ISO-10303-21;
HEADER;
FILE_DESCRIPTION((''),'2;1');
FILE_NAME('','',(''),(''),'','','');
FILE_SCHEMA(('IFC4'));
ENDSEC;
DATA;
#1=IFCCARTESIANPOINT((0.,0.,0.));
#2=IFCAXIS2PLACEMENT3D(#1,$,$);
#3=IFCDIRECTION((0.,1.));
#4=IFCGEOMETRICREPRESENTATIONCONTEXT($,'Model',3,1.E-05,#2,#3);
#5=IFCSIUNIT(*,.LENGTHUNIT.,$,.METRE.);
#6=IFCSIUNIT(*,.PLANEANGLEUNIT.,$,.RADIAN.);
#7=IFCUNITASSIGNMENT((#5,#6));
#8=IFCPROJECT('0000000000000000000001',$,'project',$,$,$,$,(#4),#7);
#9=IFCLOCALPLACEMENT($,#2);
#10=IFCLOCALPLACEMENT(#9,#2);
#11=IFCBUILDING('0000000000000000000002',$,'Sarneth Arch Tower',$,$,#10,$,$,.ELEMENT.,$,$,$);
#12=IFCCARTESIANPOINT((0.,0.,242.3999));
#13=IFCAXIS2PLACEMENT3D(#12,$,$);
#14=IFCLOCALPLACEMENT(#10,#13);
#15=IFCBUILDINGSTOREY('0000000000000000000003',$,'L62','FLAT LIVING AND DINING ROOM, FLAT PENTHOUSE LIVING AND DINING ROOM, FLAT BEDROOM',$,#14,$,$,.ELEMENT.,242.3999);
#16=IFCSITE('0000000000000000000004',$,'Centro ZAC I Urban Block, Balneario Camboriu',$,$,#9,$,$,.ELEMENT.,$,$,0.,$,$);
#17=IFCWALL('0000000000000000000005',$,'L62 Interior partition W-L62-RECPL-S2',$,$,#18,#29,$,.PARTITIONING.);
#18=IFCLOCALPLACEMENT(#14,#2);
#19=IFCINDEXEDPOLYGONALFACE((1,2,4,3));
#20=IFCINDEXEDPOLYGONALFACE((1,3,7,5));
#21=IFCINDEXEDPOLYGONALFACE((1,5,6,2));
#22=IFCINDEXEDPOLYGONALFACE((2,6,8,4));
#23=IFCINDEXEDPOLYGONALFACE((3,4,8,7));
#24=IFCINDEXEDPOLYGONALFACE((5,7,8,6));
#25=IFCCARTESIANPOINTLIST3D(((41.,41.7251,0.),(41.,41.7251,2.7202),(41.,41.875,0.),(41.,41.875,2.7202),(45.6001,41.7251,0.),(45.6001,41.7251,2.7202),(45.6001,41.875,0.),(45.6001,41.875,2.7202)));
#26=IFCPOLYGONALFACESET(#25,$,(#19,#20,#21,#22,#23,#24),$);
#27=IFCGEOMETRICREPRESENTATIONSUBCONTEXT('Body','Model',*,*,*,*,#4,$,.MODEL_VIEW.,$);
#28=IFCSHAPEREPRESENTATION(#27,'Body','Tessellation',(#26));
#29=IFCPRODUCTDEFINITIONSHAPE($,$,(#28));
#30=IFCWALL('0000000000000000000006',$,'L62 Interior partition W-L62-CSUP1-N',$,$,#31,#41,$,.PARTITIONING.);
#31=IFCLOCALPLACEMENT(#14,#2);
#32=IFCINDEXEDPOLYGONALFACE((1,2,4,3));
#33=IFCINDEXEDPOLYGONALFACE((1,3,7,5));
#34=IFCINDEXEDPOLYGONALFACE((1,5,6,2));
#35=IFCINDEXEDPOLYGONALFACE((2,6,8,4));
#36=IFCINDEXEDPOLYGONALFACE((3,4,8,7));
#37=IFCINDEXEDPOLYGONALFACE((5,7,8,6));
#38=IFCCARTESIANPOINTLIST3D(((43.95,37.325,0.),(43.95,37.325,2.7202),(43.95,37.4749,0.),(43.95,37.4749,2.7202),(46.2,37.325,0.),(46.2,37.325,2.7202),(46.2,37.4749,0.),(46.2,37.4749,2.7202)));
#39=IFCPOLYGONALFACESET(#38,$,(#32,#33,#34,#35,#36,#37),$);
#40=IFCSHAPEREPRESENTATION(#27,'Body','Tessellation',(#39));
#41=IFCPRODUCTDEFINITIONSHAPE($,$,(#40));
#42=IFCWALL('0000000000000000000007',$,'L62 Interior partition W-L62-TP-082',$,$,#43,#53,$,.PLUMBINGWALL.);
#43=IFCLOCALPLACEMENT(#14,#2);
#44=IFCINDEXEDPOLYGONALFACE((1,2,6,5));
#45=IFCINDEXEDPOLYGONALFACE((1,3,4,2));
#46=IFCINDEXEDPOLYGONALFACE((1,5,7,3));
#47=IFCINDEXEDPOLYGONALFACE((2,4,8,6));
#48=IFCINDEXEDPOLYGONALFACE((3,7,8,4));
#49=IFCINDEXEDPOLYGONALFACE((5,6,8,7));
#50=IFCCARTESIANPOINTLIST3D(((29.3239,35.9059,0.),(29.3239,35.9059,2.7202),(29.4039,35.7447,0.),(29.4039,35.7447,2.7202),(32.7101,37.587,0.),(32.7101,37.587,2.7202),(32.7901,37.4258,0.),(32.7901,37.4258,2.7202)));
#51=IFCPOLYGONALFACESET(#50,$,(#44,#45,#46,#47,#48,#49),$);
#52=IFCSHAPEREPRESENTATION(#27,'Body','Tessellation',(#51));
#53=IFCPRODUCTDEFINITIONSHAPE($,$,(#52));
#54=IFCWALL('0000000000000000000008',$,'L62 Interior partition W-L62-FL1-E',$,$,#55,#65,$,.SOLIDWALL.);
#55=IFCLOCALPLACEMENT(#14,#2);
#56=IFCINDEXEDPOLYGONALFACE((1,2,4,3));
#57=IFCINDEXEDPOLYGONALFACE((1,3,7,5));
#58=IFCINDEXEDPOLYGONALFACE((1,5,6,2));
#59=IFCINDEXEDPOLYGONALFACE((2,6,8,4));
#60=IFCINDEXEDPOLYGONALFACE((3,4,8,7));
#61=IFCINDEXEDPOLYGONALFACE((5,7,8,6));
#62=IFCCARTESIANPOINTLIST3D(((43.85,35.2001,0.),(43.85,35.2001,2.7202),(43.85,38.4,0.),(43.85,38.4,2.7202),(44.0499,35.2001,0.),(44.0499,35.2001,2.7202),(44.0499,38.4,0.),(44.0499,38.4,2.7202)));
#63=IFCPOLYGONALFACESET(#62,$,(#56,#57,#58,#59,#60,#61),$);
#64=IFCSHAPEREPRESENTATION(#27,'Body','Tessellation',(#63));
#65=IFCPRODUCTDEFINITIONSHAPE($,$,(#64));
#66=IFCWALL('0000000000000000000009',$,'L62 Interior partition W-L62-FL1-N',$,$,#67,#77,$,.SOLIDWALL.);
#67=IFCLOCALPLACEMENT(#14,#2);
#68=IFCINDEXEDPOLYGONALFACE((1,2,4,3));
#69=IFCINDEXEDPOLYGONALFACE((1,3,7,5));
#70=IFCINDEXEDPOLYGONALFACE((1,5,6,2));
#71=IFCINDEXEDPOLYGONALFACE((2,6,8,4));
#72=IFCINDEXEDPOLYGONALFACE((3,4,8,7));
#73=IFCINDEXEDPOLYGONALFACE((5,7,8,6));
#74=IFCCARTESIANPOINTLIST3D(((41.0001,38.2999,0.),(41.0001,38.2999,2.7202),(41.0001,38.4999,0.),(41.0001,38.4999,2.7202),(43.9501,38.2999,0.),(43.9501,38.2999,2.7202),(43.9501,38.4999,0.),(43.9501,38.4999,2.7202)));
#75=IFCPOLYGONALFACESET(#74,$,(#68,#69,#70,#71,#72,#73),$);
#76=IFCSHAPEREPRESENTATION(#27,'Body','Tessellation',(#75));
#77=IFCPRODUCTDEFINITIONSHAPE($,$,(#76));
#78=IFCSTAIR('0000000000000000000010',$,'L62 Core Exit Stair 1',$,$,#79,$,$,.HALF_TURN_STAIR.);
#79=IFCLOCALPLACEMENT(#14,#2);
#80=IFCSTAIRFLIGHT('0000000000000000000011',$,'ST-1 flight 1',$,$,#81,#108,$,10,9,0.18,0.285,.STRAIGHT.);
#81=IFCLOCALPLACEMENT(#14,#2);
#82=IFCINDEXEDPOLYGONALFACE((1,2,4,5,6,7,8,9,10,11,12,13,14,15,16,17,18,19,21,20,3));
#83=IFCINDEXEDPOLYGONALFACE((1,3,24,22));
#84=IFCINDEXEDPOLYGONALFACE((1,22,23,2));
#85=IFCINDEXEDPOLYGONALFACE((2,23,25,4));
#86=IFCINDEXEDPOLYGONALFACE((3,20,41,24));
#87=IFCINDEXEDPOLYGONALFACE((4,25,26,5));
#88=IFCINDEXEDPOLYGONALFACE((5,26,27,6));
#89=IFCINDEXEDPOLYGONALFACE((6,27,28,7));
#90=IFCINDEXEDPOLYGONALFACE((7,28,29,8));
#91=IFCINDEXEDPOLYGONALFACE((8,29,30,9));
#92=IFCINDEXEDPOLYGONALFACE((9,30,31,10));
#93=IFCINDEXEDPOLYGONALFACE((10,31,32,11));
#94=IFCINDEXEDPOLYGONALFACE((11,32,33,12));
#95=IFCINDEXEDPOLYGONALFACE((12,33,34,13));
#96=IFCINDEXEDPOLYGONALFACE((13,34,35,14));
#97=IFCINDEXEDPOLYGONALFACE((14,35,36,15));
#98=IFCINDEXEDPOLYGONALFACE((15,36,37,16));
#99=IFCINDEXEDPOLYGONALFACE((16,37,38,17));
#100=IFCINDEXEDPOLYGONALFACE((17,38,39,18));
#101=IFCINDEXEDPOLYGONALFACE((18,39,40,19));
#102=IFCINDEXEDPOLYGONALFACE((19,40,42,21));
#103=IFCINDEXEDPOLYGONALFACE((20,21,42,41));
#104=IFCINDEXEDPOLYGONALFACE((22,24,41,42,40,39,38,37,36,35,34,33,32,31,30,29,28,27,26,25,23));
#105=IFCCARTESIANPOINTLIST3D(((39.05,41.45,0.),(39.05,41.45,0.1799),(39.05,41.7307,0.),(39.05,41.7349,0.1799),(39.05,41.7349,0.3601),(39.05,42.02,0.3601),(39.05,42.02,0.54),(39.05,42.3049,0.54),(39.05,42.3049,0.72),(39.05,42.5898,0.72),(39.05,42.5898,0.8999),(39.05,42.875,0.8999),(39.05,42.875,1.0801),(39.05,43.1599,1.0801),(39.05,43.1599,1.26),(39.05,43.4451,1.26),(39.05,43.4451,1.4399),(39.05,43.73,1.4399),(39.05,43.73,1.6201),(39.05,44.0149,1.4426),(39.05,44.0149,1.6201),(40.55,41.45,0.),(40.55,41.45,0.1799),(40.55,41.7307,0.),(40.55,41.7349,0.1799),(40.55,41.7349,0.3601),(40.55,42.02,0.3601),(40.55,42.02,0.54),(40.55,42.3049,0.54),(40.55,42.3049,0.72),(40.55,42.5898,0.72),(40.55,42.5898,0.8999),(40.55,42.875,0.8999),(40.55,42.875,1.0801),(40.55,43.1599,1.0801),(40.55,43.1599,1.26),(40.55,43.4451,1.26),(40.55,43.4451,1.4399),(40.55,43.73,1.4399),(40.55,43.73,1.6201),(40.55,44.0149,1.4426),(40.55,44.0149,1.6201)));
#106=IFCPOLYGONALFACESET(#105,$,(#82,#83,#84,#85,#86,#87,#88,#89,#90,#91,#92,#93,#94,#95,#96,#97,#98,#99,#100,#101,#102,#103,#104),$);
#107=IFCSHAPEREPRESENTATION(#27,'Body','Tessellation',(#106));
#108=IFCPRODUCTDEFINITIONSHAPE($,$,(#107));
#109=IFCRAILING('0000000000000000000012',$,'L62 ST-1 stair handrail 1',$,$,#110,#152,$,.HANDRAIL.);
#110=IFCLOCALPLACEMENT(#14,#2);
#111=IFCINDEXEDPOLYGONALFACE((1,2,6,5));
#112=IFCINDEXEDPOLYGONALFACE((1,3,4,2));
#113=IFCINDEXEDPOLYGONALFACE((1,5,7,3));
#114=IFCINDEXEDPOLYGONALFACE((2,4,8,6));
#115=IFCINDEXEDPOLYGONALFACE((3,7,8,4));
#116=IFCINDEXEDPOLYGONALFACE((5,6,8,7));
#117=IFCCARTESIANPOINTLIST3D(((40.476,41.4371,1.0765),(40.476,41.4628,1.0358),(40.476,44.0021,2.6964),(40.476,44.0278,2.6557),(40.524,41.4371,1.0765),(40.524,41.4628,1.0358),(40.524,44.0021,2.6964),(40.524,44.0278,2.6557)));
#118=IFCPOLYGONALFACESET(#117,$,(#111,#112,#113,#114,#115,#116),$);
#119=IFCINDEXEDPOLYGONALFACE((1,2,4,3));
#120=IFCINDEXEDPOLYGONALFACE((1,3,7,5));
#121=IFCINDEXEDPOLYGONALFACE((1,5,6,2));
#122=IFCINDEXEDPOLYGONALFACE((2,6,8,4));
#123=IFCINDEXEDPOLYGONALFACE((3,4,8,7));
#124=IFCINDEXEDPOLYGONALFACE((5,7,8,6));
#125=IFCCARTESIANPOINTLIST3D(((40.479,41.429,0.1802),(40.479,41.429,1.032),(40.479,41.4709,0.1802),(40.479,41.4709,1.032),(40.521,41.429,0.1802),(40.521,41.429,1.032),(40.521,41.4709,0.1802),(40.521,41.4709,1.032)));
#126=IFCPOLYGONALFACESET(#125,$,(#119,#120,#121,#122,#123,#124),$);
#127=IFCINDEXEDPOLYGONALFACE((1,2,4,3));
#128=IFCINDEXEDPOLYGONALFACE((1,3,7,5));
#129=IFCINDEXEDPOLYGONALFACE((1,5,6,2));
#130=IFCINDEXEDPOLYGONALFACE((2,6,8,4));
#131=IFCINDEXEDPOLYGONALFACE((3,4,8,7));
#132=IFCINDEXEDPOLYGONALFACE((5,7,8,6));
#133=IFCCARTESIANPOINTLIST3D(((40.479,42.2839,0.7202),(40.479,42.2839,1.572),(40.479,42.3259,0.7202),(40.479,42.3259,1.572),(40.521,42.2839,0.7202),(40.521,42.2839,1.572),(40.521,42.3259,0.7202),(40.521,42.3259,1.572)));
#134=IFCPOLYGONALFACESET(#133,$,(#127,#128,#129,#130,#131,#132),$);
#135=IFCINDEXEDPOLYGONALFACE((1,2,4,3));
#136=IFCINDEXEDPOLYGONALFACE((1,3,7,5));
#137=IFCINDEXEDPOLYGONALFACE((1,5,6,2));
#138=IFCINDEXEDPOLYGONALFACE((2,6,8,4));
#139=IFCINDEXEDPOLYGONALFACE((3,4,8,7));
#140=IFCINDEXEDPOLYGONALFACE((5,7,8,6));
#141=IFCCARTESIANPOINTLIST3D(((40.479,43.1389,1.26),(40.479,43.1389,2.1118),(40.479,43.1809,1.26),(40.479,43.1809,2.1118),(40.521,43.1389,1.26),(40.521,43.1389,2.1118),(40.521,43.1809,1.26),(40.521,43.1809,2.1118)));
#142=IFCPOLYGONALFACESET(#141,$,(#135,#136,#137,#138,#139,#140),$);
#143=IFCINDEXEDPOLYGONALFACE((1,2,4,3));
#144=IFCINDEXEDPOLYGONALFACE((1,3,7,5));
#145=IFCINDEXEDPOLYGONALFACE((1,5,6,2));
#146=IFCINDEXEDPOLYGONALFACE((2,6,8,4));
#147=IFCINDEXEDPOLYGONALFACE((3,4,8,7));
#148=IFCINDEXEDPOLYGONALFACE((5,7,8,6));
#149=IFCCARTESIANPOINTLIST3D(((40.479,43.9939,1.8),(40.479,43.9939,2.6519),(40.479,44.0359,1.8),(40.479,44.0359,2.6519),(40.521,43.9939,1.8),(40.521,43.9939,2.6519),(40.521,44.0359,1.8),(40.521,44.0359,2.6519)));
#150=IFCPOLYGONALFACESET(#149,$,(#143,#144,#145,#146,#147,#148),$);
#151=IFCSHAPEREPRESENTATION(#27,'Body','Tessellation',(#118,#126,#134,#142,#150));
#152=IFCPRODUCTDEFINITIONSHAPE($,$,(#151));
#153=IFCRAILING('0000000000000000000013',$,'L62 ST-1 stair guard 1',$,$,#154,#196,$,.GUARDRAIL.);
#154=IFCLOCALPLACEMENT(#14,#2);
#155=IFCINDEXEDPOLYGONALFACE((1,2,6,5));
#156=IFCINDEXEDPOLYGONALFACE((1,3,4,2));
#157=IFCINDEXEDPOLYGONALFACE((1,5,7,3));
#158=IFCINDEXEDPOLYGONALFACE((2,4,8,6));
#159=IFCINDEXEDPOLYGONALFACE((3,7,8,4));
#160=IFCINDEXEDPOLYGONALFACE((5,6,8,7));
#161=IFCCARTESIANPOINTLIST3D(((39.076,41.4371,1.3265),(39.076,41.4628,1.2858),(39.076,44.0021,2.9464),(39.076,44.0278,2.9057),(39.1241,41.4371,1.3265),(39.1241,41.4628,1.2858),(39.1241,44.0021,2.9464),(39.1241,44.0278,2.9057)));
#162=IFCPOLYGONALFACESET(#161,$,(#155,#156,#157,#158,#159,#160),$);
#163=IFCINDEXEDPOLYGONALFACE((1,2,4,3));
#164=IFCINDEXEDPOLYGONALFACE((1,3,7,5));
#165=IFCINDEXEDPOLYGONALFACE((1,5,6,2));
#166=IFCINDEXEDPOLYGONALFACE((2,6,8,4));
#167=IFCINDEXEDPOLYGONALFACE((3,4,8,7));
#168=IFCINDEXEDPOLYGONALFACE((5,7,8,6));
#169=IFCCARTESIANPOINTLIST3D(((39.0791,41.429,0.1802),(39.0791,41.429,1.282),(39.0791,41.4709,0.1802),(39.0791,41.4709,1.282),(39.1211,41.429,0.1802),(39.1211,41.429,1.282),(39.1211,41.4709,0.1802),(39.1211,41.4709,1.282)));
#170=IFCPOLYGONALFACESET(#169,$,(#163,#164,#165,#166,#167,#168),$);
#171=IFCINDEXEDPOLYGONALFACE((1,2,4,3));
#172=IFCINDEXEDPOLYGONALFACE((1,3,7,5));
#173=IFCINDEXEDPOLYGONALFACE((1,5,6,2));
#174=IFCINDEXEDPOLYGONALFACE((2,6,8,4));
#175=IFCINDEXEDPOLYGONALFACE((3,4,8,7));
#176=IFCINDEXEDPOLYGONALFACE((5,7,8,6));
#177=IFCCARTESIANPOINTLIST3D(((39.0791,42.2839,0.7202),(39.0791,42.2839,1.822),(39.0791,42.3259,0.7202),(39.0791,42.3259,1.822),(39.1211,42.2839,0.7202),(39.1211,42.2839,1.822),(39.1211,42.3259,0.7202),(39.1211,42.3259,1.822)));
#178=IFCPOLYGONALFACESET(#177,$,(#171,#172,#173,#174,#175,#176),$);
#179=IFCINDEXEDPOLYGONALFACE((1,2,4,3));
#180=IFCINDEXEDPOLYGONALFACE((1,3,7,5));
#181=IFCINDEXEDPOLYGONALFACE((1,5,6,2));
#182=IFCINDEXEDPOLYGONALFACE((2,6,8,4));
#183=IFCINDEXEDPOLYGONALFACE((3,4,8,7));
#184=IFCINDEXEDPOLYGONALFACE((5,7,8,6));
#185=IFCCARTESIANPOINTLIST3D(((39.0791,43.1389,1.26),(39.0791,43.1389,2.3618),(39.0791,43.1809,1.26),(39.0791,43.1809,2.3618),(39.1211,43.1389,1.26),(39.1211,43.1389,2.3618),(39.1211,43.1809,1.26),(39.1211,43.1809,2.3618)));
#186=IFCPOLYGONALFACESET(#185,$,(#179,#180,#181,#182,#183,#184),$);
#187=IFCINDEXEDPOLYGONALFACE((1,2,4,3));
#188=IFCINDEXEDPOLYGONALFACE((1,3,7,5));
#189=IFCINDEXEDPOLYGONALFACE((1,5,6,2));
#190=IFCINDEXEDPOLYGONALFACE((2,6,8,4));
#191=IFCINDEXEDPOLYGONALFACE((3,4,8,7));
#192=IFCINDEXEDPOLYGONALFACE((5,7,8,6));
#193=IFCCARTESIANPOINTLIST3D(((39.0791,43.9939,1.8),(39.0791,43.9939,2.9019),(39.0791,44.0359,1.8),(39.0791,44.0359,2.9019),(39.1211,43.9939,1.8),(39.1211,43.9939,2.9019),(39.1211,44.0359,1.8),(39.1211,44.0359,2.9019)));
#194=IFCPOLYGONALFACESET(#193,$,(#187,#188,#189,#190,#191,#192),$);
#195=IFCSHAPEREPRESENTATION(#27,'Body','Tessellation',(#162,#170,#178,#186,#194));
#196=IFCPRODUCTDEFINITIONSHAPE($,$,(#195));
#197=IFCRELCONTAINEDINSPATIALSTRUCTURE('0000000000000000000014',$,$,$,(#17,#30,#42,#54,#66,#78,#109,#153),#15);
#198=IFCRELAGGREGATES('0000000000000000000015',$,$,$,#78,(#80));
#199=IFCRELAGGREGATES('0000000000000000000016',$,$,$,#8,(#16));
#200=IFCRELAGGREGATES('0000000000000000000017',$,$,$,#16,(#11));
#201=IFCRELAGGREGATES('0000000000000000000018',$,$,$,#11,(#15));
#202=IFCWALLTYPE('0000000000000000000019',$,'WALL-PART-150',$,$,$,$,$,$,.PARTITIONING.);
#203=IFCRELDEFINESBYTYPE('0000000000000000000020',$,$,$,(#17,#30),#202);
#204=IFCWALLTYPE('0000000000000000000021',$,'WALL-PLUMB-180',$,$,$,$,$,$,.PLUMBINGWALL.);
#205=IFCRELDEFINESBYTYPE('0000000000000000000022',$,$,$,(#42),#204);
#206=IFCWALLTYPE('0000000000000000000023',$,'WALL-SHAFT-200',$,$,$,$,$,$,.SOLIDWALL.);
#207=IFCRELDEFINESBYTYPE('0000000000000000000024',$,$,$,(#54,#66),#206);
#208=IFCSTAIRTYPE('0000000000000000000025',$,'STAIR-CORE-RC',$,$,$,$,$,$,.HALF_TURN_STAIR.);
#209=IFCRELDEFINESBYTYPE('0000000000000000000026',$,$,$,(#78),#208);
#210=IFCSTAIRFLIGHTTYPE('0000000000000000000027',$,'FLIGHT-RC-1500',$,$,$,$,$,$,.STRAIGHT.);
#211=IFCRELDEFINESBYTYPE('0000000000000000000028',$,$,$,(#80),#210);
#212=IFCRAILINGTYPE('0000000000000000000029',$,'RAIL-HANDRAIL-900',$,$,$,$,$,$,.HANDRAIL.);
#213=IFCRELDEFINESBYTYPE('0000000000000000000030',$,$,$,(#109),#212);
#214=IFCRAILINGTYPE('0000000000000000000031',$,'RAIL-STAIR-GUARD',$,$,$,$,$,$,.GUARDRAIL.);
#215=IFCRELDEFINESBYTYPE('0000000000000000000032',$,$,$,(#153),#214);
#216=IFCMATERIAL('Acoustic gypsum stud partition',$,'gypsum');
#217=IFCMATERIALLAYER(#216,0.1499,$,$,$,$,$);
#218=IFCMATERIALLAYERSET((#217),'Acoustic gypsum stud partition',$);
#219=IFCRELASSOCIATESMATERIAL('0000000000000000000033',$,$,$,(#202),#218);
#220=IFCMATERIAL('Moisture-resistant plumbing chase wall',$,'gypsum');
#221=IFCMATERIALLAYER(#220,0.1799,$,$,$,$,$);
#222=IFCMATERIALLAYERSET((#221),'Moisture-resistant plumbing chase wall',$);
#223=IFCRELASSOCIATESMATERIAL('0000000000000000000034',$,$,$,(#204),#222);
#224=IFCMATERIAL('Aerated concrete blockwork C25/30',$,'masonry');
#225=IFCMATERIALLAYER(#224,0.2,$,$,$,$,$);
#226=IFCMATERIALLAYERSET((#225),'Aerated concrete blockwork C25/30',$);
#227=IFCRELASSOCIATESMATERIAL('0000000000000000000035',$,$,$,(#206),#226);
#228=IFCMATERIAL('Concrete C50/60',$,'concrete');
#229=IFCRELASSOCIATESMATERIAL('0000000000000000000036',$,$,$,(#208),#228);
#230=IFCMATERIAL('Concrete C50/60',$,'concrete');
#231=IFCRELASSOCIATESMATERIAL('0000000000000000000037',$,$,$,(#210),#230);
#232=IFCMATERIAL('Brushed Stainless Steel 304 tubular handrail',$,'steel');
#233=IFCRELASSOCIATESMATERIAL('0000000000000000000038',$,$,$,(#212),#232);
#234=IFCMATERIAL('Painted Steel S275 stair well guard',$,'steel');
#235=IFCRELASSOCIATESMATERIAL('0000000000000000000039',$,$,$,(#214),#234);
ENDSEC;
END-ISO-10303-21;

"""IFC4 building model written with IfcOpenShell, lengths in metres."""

from ifc_helpers import new_model, si_unit, direction, frame, frame_2d, origin, origin_2d, place, context, subcontext, project, spatial, polyline, rectangle, outline, extrude, material, layer, layer_set, type_object, element, aggregate, save


model = new_model("IFC4")

# Units and contexts
model_context = context("Model", 3, precision=1e-05, world=origin(), true_north=direction((0.0, 1.0)))
body_context = subcontext(model_context, "Body", "Model", "MODEL_VIEW")
ifc_project = project(units=[si_unit("LENGTHUNIT", "METRE"), si_unit("PLANEANGLEUNIT", "RADIAN")], contexts=[model_context])

# Site, building, storey
site_placement = place(None, origin())
site = spatial("IfcSite", under=ifc_project, at=site_placement, Name="Centro ZAC I Urban Block, Balneario Camboriu", CompositionType="ELEMENT", RefElevation=0.0)
building_placement = place(site_placement, origin())
building = spatial("IfcBuilding", under=site, at=building_placement, Name="Sarneth Arch Tower", CompositionType="ELEMENT")
storey_placement = place(building_placement, frame((0.0, 0.0, 242.3999)))
storey = spatial("IfcBuildingStorey", under=building, at=storey_placement, Name="L62", Description="FLAT LIVING AND DINING ROOM, FLAT PENTHOUSE LIVING AND DINING ROOM, FLAT BEDROOM", CompositionType="ELEMENT", Elevation=242.3999)

# Shared definitions
ifc_material_1 = material(Name="Acoustic gypsum stud partition", Category="gypsum")
ifc_layer_1 = layer(ifc_material_1, 0.1499)
ifc_layer_set_1 = layer_set([ifc_layer_1], Name="Acoustic gypsum stud partition")
wall_type_1 = type_object("IfcWallType", Name="WALL-PART-150", PredefinedType="PARTITIONING", material=ifc_layer_set_1)

# Walls
wall_1_placement = place(storey_placement, frame((41.0, 41.8, 0.0), z_axis=(0.0, 0.0, 1.0), x_axis=(1.0, 0.0, 0.0)))
element("IfcWall", 1, at=wall_1_placement, inside=storey, type_object=wall_type_1, Name="L62 Interior partition W-L62-RECPL-S2", PredefinedType="PARTITIONING", context=body_context, shape_type="SweptSolid", body=[
    extrude(rectangle(XDim=4.6001, YDim=0.1499, at=frame_2d((2.3, 0.0))), origin(), (0.0, 0.0, 1.0), 2.7202),
])
wall_2_placement = place(storey_placement, frame((43.95, 37.3999, 0.0), z_axis=(0.0, 0.0, 1.0), x_axis=(1.0, 0.0, 0.0)))
element("IfcWall", 2, at=wall_2_placement, inside=storey, type_object=wall_type_1, Name="L62 Interior partition W-L62-CSUP1-N", PredefinedType="PARTITIONING", context=body_context, shape_type="SweptSolid", body=[
    extrude(rectangle(XDim=2.25, YDim=0.1499, at=frame_2d((1.125, 0.0))), origin(), (0.0, 0.0, 1.0), 2.7202),
])

# Wall
ifc_material_2 = material(Name="Moisture-resistant plumbing chase wall", Category="gypsum")
ifc_layer_2 = layer(ifc_material_2, 0.1799)
ifc_layer_set_2 = layer_set([ifc_layer_2], Name="Moisture-resistant plumbing chase wall")
wall_type_2 = type_object("IfcWallType", Name="WALL-PLUMB-180", PredefinedType="PLUMBINGWALL", material=ifc_layer_set_2)
wall_3_placement = place(storey_placement, frame((32.75, 37.5063, 0.0), z_axis=(0.0, 0.0, 1.0), x_axis=(-0.895689, -0.44468, 0.0)))
element("IfcWall", 3, at=wall_3_placement, inside=storey, type_object=wall_type_2, Name="L62 Interior partition W-L62-TP-082", PredefinedType="PLUMBINGWALL", context=body_context, shape_type="SweptSolid", body=[
    extrude(rectangle(XDim=3.7805, YDim=0.1799, at=frame_2d((1.8901, 0.0))), origin(), (0.0, 0.0, 1.0), 2.7202),
])

# Shared definitions
ifc_material_3 = material(Name="Aerated concrete blockwork C25/30", Category="masonry")
ifc_layer_3 = layer(ifc_material_3, 0.2)
ifc_layer_set_3 = layer_set([ifc_layer_3], Name="Aerated concrete blockwork C25/30")
wall_type_3 = type_object("IfcWallType", Name="WALL-SHAFT-200", PredefinedType="SOLIDWALL", material=ifc_layer_set_3)

# Walls
wall_4_placement = place(storey_placement, frame((43.95, 35.2, 0.0), z_axis=(0.0, 0.0, 1.0), x_axis=(0.0, 1.0, 0.0)))
element("IfcWall", 4, at=wall_4_placement, inside=storey, type_object=wall_type_3, Name="L62 Interior partition W-L62-FL1-E", PredefinedType="SOLIDWALL", context=body_context, shape_type="SweptSolid", body=[
    extrude(rectangle(XDim=3.2, YDim=0.2, at=frame_2d((1.6001, 0.0))), origin(), (0.0, 0.0, 1.0), 2.7202),
])
wall_5_placement = place(storey_placement, frame((41.0, 38.3999, 0.0), z_axis=(0.0, 0.0, 1.0), x_axis=(1.0, 0.0, 0.0)))
element("IfcWall", 5, at=wall_5_placement, inside=storey, type_object=wall_type_3, Name="L62 Interior partition W-L62-FL1-N", PredefinedType="SOLIDWALL", context=body_context, shape_type="SweptSolid", body=[
    extrude(rectangle(XDim=2.95, YDim=0.2, at=frame_2d((1.4751, 0.0))), origin(), (0.0, 0.0, 1.0), 2.7202),
])

# Stair, stair flight
ifc_material_4 = material(Name="Concrete C50/60", Category="concrete")
stair_type = type_object("IfcStairType", Name="STAIR-CORE-RC", PredefinedType="HALF_TURN_STAIR", material=ifc_material_4)
stair_placement = place(storey_placement, origin())
stair = element("IfcStair", 6, at=stair_placement, inside=storey, type_object=stair_type, Name="L62 Core Exit Stair 1", PredefinedType="HALF_TURN_STAIR")
ifc_material_5 = material(Name="Concrete C50/60", Category="concrete")
stair_flight_type = type_object("IfcStairFlightType", Name="FLIGHT-RC-1500", PredefinedType="STRAIGHT", material=ifc_material_5)
stair_flight_placement = place(storey_placement, frame((39.8, 41.45, 0.0), z_axis=(0.0, 0.0, 1.0), x_axis=(0.0, 1.0, 0.0)))
stair_flight = element("IfcStairFlight", 7, at=stair_flight_placement, type_object=stair_flight_type, Name="ST-1 flight 1", NumberOfRisers=10, NumberOfTreads=9, PredefinedType="STRAIGHT", RiserHeight=0.18, TreadLength=0.285, context=body_context, shape_type="SweptSolid", body=[
    extrude(outline(polyline([(0.0, 0.0), (0.0, 0.1799), (0.2849, 0.1799), (0.2849, 0.3601), (0.5701, 0.3601), (0.5701, 0.54), (0.855, 0.54), (0.855, 0.72), (1.1399, 0.72), (1.1399, 0.8999), (1.425, 0.8999), (1.425, 1.0801), (1.71, 1.0801), (1.71, 1.26), (1.9951, 1.26), (1.9951, 1.4399), (2.28, 1.4399), (2.28, 1.6201), (2.5649, 1.6201), (2.5649, 1.8), (2.5649, 1.4426), (0.2808, 0.0), (0.0, 0.0)])), frame((0.0, 0.75, 0.0), z_axis=(0.0, -1.0, 0.0), x_axis=(1.0, 0.0, 0.0)), (0.0, 0.0, 1.0), 1.5),
])
aggregate(stair, [stair_flight])

# Railings
ifc_material_6 = material(Name="Brushed Stainless Steel 304 tubular handrail", Category="steel")
railing_type_1 = type_object("IfcRailingType", Name="RAIL-HANDRAIL-900", PredefinedType="HANDRAIL", material=ifc_material_6)
railing_1_placement = place(storey_placement, frame((40.5, 41.45, 0.1802)))
element("IfcRailing", 8, at=railing_1_placement, inside=storey, type_object=railing_type_1, Name="L62 ST-1 stair handrail 1", PredefinedType="HANDRAIL", context=body_context, shape_type="SweptSolid", body=[
    extrude(rectangle(XDim=0.0481, YDim=0.0481, at=origin_2d()), frame((0.0, 0.0, 0.876), z_axis=(0.0, 0.845502, 0.533972), x_axis=(-1.0, 0.0, 0.0)), (0.0, 0.0, 1.0), 3.0337),
    extrude(rectangle(XDim=0.042, YDim=0.042, at=origin_2d()), origin(), (0.0, 0.0, 1.0), 0.8518),
    extrude(rectangle(XDim=0.042, YDim=0.042, at=origin_2d()), frame((0.0, 0.855, 0.54)), (0.0, 0.0, 1.0), 0.8518),
    extrude(rectangle(XDim=0.042, YDim=0.042, at=origin_2d()), frame((0.0, 1.71, 1.0798)), (0.0, 0.0, 1.0), 0.8518),
    extrude(rectangle(XDim=0.042, YDim=0.042, at=origin_2d()), frame((0.0, 2.5649, 1.6199)), (0.0, 0.0, 1.0), 0.8518),
])
ifc_material_7 = material(Name="Painted Steel S275 stair well guard", Category="steel")
railing_type_2 = type_object("IfcRailingType", Name="RAIL-STAIR-GUARD", PredefinedType="GUARDRAIL", material=ifc_material_7)
railing_2_placement = place(storey_placement, frame((39.1001, 41.45, 0.1802)))
element("IfcRailing", 9, at=railing_2_placement, inside=storey, type_object=railing_type_2, Name="L62 ST-1 stair guard 1", PredefinedType="GUARDRAIL", context=body_context, shape_type="SweptSolid", body=[
    extrude(rectangle(XDim=0.0481, YDim=0.0481, at=origin_2d()), frame((0.0, 0.0, 1.126), z_axis=(0.0, 0.845502, 0.533972), x_axis=(-1.0, 0.0, 0.0)), (0.0, 0.0, 1.0), 3.0337),
    extrude(rectangle(XDim=0.042, YDim=0.042, at=origin_2d()), origin(), (0.0, 0.0, 1.0), 1.1018),
    extrude(rectangle(XDim=0.042, YDim=0.042, at=origin_2d()), frame((0.0, 0.855, 0.54)), (0.0, 0.0, 1.0), 1.1018),
    extrude(rectangle(XDim=0.042, YDim=0.042, at=origin_2d()), frame((0.0, 1.71, 1.0798)), (0.0, 0.0, 1.0), 1.1018),
    extrude(rectangle(XDim=0.042, YDim=0.042, at=origin_2d()), frame((0.0, 2.5649, 1.6199)), (0.0, 0.0, 1.0), 1.1018),
])

save(model, "model.ifc")
